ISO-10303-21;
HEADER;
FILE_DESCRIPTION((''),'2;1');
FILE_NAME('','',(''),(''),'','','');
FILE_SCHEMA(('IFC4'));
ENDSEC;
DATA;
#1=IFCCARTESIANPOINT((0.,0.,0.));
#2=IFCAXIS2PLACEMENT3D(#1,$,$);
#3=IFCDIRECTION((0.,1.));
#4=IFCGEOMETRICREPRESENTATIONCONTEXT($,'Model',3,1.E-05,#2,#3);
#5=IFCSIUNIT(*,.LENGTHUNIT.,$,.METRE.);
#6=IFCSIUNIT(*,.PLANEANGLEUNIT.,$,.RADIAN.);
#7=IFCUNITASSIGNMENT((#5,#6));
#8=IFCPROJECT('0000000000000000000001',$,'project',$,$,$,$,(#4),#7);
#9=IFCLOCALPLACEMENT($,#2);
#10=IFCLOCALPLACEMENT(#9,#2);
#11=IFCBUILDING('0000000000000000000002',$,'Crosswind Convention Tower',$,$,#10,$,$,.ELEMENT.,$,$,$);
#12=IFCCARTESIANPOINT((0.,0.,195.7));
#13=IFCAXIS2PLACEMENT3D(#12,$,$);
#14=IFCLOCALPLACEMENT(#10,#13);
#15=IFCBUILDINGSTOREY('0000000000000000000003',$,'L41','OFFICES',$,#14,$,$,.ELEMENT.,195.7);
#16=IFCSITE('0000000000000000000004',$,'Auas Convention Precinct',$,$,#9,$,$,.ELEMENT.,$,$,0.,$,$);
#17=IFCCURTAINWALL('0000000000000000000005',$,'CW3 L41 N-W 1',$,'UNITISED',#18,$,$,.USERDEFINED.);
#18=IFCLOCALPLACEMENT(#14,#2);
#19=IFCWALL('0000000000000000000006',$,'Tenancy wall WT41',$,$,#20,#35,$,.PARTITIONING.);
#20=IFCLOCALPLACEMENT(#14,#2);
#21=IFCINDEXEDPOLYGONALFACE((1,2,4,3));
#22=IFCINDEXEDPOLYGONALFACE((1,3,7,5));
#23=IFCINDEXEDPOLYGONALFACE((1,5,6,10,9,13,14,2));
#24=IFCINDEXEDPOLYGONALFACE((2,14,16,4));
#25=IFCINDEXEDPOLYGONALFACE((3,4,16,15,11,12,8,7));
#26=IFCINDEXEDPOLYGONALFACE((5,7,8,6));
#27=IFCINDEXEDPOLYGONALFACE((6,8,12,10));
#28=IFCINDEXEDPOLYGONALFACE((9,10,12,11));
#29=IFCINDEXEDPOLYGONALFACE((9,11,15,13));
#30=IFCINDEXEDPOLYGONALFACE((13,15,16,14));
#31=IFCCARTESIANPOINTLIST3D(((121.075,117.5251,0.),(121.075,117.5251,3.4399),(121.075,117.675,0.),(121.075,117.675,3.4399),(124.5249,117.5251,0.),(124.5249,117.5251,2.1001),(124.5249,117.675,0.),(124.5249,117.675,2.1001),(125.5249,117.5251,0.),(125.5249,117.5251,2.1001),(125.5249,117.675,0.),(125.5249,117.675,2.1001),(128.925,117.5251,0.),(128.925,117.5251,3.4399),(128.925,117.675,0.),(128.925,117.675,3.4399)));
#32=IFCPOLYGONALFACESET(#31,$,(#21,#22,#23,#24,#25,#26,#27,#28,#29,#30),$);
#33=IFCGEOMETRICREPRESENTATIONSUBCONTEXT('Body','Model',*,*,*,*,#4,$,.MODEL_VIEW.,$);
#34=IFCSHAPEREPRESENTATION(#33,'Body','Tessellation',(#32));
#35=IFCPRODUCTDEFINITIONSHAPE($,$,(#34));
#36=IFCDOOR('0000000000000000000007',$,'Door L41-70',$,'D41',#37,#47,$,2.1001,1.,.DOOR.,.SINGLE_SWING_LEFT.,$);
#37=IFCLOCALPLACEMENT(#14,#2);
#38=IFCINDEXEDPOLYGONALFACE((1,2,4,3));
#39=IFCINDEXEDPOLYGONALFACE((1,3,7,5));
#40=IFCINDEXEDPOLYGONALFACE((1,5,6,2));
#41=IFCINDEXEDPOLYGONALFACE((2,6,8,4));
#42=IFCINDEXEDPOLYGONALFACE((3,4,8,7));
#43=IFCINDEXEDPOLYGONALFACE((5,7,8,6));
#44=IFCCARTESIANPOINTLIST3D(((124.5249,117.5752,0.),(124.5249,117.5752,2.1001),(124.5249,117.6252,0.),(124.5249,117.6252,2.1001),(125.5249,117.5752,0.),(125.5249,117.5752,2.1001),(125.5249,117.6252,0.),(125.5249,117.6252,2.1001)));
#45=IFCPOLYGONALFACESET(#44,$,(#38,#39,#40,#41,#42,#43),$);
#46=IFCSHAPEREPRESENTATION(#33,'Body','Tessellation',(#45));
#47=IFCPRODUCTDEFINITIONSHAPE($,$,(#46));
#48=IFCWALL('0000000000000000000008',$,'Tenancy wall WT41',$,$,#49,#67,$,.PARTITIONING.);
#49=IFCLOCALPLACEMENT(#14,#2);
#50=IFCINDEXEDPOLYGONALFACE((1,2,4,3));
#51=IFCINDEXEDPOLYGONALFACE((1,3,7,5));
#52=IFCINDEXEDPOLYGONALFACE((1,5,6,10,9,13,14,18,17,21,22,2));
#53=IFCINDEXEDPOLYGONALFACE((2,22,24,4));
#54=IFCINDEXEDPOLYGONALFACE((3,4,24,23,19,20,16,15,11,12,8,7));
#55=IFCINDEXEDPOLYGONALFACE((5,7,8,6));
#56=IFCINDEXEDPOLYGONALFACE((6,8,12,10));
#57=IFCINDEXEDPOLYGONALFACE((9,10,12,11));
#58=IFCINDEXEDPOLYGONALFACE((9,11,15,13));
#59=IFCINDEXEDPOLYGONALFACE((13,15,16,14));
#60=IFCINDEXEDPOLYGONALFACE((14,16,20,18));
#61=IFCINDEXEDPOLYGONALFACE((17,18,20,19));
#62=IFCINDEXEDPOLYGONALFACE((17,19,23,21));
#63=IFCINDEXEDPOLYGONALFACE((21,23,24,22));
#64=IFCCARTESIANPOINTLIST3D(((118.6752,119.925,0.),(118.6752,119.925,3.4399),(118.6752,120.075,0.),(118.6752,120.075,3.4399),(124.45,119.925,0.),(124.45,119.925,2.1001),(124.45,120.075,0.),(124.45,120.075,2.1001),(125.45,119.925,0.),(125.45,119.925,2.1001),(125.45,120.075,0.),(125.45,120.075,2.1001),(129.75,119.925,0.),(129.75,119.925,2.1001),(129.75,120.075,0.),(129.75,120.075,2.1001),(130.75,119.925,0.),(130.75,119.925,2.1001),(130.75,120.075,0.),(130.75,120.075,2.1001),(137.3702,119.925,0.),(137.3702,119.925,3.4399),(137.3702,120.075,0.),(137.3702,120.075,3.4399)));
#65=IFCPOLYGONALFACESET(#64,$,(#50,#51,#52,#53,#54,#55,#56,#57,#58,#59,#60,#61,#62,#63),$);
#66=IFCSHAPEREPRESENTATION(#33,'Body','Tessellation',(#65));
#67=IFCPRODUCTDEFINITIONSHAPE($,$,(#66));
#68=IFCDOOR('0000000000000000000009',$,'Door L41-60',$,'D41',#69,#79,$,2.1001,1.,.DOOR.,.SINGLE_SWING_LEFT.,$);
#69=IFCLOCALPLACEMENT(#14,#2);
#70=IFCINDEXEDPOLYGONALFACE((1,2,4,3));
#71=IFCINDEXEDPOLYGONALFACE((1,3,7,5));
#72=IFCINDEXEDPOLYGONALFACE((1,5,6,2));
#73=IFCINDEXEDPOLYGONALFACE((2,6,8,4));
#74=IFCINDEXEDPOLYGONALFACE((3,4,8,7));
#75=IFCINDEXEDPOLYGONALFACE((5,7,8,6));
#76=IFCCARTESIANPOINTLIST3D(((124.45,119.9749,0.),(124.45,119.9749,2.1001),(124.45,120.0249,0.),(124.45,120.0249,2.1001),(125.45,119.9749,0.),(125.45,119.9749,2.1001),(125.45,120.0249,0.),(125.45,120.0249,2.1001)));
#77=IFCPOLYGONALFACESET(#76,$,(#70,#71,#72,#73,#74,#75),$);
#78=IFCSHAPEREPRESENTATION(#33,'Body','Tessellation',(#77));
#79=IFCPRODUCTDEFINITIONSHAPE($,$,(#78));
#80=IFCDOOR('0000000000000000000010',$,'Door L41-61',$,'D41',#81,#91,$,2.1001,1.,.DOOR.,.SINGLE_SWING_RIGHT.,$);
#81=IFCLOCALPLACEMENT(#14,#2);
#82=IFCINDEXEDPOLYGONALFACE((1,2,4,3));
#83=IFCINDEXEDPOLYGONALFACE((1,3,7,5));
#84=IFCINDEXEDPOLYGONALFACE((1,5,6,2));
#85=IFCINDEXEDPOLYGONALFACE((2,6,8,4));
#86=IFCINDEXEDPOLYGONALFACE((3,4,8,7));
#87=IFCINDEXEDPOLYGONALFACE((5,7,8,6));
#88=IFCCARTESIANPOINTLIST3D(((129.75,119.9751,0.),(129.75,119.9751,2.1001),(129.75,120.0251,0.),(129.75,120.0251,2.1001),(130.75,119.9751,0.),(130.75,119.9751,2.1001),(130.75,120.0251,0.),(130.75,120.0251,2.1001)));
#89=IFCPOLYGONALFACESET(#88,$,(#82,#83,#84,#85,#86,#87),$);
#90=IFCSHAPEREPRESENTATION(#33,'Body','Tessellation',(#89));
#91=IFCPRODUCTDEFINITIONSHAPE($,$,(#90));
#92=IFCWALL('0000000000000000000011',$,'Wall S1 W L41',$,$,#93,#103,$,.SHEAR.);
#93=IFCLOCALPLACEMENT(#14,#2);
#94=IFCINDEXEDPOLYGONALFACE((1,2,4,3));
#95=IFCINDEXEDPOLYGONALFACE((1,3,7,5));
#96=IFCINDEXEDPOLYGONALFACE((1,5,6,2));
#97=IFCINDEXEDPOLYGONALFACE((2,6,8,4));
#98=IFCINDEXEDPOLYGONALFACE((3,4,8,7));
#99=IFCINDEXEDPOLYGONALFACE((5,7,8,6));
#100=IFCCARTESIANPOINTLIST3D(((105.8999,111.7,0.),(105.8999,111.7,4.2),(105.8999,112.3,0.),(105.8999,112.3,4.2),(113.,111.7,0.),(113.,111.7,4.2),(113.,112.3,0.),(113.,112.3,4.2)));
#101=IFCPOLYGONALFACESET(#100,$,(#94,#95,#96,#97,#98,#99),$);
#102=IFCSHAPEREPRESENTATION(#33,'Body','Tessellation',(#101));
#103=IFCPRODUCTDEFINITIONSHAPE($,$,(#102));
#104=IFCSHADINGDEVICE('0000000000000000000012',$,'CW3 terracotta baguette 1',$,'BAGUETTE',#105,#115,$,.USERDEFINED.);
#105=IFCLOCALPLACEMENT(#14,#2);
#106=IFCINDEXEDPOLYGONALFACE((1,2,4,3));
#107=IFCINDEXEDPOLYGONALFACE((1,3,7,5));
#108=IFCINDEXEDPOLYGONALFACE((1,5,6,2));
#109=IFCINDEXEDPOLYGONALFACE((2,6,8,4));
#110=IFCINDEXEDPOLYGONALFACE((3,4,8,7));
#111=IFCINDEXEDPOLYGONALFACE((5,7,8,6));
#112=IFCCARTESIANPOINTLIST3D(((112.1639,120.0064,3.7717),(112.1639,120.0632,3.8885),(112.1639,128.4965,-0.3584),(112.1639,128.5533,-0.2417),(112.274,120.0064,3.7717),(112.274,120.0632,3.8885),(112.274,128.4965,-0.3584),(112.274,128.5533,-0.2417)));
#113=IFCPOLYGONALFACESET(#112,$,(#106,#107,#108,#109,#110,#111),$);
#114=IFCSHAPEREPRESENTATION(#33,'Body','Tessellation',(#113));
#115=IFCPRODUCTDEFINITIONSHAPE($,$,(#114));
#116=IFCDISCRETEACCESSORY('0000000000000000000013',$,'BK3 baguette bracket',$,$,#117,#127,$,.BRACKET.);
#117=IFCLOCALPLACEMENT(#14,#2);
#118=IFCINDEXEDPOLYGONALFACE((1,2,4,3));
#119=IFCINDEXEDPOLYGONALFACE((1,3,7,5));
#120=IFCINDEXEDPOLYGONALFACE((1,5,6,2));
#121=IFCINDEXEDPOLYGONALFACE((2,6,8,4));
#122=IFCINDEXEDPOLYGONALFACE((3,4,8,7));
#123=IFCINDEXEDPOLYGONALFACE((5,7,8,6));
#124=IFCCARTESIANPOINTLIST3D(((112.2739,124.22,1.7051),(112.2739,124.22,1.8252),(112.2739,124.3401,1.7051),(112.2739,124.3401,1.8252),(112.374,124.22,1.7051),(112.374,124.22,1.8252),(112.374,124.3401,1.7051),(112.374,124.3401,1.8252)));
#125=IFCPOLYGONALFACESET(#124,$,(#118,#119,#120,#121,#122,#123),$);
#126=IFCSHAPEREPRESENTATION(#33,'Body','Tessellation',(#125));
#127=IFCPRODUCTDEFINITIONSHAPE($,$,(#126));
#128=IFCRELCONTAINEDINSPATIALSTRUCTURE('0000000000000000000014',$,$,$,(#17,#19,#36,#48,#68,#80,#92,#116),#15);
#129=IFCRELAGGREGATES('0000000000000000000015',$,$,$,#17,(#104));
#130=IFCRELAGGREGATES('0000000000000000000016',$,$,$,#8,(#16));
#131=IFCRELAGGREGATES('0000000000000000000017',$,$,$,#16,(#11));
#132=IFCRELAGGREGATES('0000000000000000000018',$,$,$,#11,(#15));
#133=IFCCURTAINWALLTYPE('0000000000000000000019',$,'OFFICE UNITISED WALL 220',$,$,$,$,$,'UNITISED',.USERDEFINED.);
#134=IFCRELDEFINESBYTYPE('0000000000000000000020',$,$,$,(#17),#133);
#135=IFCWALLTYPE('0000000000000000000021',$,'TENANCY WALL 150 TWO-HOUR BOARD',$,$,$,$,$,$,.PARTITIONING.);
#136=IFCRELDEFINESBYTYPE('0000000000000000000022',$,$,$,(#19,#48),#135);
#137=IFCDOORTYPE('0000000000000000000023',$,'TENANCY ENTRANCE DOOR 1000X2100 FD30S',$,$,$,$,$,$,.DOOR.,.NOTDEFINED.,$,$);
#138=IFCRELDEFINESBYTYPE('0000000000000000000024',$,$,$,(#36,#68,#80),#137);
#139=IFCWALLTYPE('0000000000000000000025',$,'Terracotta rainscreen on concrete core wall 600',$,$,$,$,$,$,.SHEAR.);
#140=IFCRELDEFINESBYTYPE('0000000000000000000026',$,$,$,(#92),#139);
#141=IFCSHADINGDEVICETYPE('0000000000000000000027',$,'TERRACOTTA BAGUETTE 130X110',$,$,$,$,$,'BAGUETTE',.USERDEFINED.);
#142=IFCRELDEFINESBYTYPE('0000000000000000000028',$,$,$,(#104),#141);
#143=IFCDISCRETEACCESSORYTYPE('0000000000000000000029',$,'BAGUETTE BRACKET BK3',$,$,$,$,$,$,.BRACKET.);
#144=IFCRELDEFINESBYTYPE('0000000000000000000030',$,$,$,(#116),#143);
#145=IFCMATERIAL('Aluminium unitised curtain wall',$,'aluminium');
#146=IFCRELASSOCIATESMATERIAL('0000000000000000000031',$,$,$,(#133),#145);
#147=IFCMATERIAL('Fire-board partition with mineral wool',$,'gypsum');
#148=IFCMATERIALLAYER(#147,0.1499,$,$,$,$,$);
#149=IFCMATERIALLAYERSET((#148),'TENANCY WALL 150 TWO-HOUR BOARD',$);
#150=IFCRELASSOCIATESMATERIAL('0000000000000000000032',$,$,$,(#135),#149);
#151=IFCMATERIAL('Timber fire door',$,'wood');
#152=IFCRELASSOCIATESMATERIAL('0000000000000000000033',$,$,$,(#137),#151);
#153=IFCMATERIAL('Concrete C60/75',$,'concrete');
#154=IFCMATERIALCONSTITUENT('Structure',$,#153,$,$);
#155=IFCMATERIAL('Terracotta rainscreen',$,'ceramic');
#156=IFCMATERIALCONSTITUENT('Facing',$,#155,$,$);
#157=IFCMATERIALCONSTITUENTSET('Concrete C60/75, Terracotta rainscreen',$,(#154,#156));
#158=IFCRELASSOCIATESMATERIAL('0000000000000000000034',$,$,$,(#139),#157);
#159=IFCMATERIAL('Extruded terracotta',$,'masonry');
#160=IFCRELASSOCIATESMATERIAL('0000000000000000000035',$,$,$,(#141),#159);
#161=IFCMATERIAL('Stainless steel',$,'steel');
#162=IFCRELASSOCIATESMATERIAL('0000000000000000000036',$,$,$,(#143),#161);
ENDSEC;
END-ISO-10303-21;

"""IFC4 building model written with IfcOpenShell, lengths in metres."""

from ifc_helpers import new_model, si_unit, direction, frame, frame_2d, origin, origin_2d, place, context, subcontext, project, spatial, rectangle, extrude, material, layer, layer_set, constituent, constituent_set, material_profile, profile_set, type_object, element, fill, aggregate, save


model = new_model("IFC4")

# Units and contexts
model_context = context("Model", 3, precision=1e-05, world=origin(), true_north=direction((0.0, 1.0)))
body_context = subcontext(model_context, "Body", "Model", "MODEL_VIEW")
ifc_project = project(units=[si_unit("LENGTHUNIT", "METRE"), si_unit("PLANEANGLEUNIT", "RADIAN")], contexts=[model_context])

# Site, building, storey
site_placement = place(None, origin())
site = spatial("IfcSite", under=ifc_project, at=site_placement, Name="Auas Convention Precinct", CompositionType="ELEMENT", RefElevation=0.0)
building_placement = place(site_placement, origin())
building = spatial("IfcBuilding", under=site, at=building_placement, Name="Crosswind Convention Tower", CompositionType="ELEMENT")
storey_placement = place(building_placement, frame((0.0, 0.0, 195.7)))
storey = spatial("IfcBuildingStorey", under=building, at=storey_placement, Name="L41", Description="OFFICES", CompositionType="ELEMENT", Elevation=195.7)

# Shared definitions
ifc_material_1 = material(Name="Concrete C60/75", Category="concrete")

# Shared definitions
ifc_material_2 = material(Name="Aluminium unitised curtain wall", Category="aluminium")
curtain_wall_type_1 = type_object("IfcCurtainWallType", Name="OFFICE UNITISED WALL 220", ElementType="UNITISED", PredefinedType="USERDEFINED", material=ifc_material_2)

# Curtain wall
curtain_wall_1_placement = place(storey_placement, origin())
curtain_wall_1 = element("IfcCurtainWall", 1, at=curtain_wall_1_placement, inside=storey, type_object=curtain_wall_type_1, Name="CW3 L41 N-W 1", ObjectType="UNITISED", PredefinedType="USERDEFINED")

# Shared definitions
ifc_material_3 = material(Name="Fire-board partition with mineral wool", Category="gypsum")
ifc_layer_1 = layer(ifc_material_3, 0.1499)
ifc_layer_set_1 = layer_set([ifc_layer_1], Name="TENANCY WALL 150 TWO-HOUR BOARD")
wall_type_1 = type_object("IfcWallType", Name="TENANCY WALL 150 TWO-HOUR BOARD", PredefinedType="PARTITIONING", material=ifc_layer_set_1)

# Wall, opening, door
wall_1_placement = place(storey_placement, frame((121.075, 117.6001, 0.0), z_axis=(0.0, 0.0, 1.0), x_axis=(1.0, 0.0, 0.0)))
wall_1 = element("IfcWall", 2, at=wall_1_placement, inside=storey, type_object=wall_type_1, Name="Tenancy wall WT41", PredefinedType="PARTITIONING", context=body_context, shape_type="SweptSolid", body=[
    extrude(rectangle(XDim=7.8501, YDim=0.1499, at=frame_2d((3.925, 0.0))), origin(), (0.0, 0.0, 1.0), 3.4399),
])
opening_1_placement = place(wall_1_placement, frame((3.45, 0.0, 0.0)))
opening_1 = element("IfcOpeningElement", 3, at=opening_1_placement, cuts=wall_1, PredefinedType="OPENING", context=body_context, shape_type="SweptSolid", body=[
    extrude(rectangle(XDim=1.0, YDim=2.1001, at=frame_2d((0.5, 1.05))), frame((0.0, 0.085, 0.0), z_axis=(0.0, -1.0, 0.0), x_axis=(1.0, 0.0, 0.0)), (0.0, 0.0, 1.0), 0.1699),
])
ifc_material_4 = material(Name="Timber fire door", Category="wood")
door_type = type_object("IfcDoorType", Name="TENANCY ENTRANCE DOOR 1000X2100 FD30S", OperationType="NOTDEFINED", PredefinedType="DOOR", material=ifc_material_4)
door_1_placement = place(opening_1_placement, frame((1.0, 0.0, 0.0), z_axis=(0.0, 0.0, 1.0), x_axis=(-1.0, 0.0, 0.0)))
door_1 = element("IfcDoor", 4, at=door_1_placement, inside=storey, type_object=door_type, Name="Door L41-70", ObjectType="D41", OperationType="SINGLE_SWING_LEFT", OverallHeight=2.1001, OverallWidth=1.0, PredefinedType="DOOR", context=body_context, shape_type="SweptSolid", body=[
    extrude(rectangle(XDim=1.0, YDim=2.1001, at=frame_2d((0.5, 1.05))), frame((0.0, 0.0249, 0.0), z_axis=(0.0, -1.0, 0.0), x_axis=(1.0, 0.0, 0.0)), (0.0, 0.0, 1.0), 0.05),
])
fill(opening_1, door_1)

# Wall, openings, doors
wall_2_placement = place(storey_placement, frame((118.675, 120.0, 0.0), z_axis=(0.0, 0.0, 1.0), x_axis=(1.0, 0.0, 0.0)))
wall_2 = element("IfcWall", 5, at=wall_2_placement, inside=storey, type_object=wall_type_1, Name="Tenancy wall WT41", PredefinedType="PARTITIONING", context=body_context, shape_type="SweptSolid", body=[
    extrude(rectangle(XDim=18.6951, YDim=0.1499, at=frame_2d((9.3477, 0.0))), origin(), (0.0, 0.0, 1.0), 3.4399),
])
opening_2_placement = place(wall_2_placement, frame((5.7749, 0.0, 0.0)))
opening_2 = element("IfcOpeningElement", 6, at=opening_2_placement, cuts=wall_2, PredefinedType="OPENING", context=body_context, shape_type="SweptSolid", body=[
    extrude(rectangle(XDim=1.0, YDim=2.1001, at=frame_2d((0.5, 1.05))), frame((0.0, 0.085, 0.0), z_axis=(0.0, -1.0, 0.0), x_axis=(1.0, 0.0, 0.0)), (0.0, 0.0, 1.0), 0.1699),
])
opening_3_placement = place(wall_2_placement, frame((11.075, 0.0, 0.0)))
opening_3 = element("IfcOpeningElement", 7, at=opening_3_placement, cuts=wall_2, PredefinedType="OPENING", context=body_context, shape_type="SweptSolid", body=[
    extrude(rectangle(XDim=1.0, YDim=2.1001, at=frame_2d((0.5, 1.05))), frame((0.0, 0.085, 0.0), z_axis=(0.0, -1.0, 0.0), x_axis=(1.0, 0.0, 0.0)), (0.0, 0.0, 1.0), 0.1699),
])
door_2_placement = place(opening_2_placement, origin())
door_2 = element("IfcDoor", 8, at=door_2_placement, inside=storey, type_object=door_type, Name="Door L41-60", ObjectType="D41", OperationType="SINGLE_SWING_LEFT", OverallHeight=2.1001, OverallWidth=1.0, PredefinedType="DOOR", context=body_context, shape_type="SweptSolid", body=[
    extrude(rectangle(XDim=1.0, YDim=2.1001, at=frame_2d((0.5, 1.05))), frame((0.0, 0.0249, 0.0), z_axis=(0.0, -1.0, 0.0), x_axis=(1.0, 0.0, 0.0)), (0.0, 0.0, 1.0), 0.05),
])
fill(opening_2, door_2)
door_3_placement = place(opening_3_placement, frame((1.0, 0.0, 0.0), z_axis=(0.0, 0.0, 1.0), x_axis=(-1.0, 0.0, 0.0)))
door_3 = element("IfcDoor", 9, at=door_3_placement, inside=storey, type_object=door_type, Name="Door L41-61", ObjectType="D41", OperationType="SINGLE_SWING_RIGHT", OverallHeight=2.1001, OverallWidth=1.0, PredefinedType="DOOR", context=body_context, shape_type="SweptSolid", body=[
    extrude(rectangle(XDim=1.0, YDim=2.1001, at=frame_2d((0.5, 1.05))), frame((0.0, 0.0249, 0.0), z_axis=(0.0, -1.0, 0.0), x_axis=(1.0, 0.0, 0.0)), (0.0, 0.0, 1.0), 0.05),
])
fill(opening_3, door_3)

# Wall
ifc_constituent_1 = constituent(ifc_material_1, Name="Structure")
ifc_material_5 = material(Name="Terracotta rainscreen", Category="ceramic")
ifc_constituent_2 = constituent(ifc_material_5, Name="Facing")
ifc_constituent_set = constituent_set(constituents=[ifc_constituent_1, ifc_constituent_2], Name="Concrete C60/75, Terracotta rainscreen")
wall_type_2 = type_object("IfcWallType", Name="Terracotta rainscreen on concrete core wall 600", PredefinedType="SHEAR", material=ifc_constituent_set)
wall_3_placement = place(storey_placement, frame((113.0, 112.0, 0.0), z_axis=(0.0, 0.0, 1.0), x_axis=(-1.0, 0.0, 0.0)))
element("IfcWall", 10, at=wall_3_placement, inside=storey, type_object=wall_type_2, Name="Wall S1 W L41", PredefinedType="SHEAR", context=body_context, shape_type="SweptSolid", body=[
    extrude(rectangle(XDim=7.1001, YDim=0.6001, at=frame_2d((3.55, 0.0))), origin(), (0.0, 0.0, 1.0), 4.2),
])

# Shading device
ifc_material_6 = material(Name="Extruded terracotta", Category="masonry")
ifc_material_profile_1 = material_profile(ifc_material_6, rectangle(XDim=0.1101, YDim=0.1299, at=origin_2d()), Name="TC 110X130")
ifc_profile_set_1 = profile_set([ifc_material_profile_1], Name="Extruded terracotta")
shading_device_type = type_object("IfcShadingDeviceType", Name="TERRACOTTA BAGUETTE 130X110", ElementType="BAGUETTE", PredefinedType="USERDEFINED", material=ifc_profile_set_1)
shading_device_placement = place(storey_placement, frame((112.219, 128.5249, -0.3), z_axis=(0.0, -0.899241, 0.437454), x_axis=(1.0, 0.0, 0.0)))
shading_device = element("IfcShadingDevice", 11, at=shading_device_placement, type_object=shading_device_type, Name="CW3 terracotta baguette 1", ObjectType="BAGUETTE", PredefinedType="USERDEFINED", context=body_context, shape_type="SweptSolid", body=[
    extrude(rectangle(XDim=0.1101, YDim=0.1299, at=origin_2d()), origin(), (0.0, 0.0, 1.0), 9.4414),
])
aggregate(curtain_wall_1, [shading_device])

# Discrete accessory
ifc_material_7 = material(Name="Stainless steel", Category="steel")
discrete_accessory_type = type_object("IfcDiscreteAccessoryType", Name="BAGUETTE BRACKET BK3", PredefinedType="BRACKET", material=ifc_material_7)
discrete_accessory_placement = place(storey_placement, frame((112.324, 124.28, 1.7051), z_axis=(0.0, 0.0, 1.0), x_axis=(0.0, -1.0, 0.0)))
element("IfcDiscreteAccessory", 12, at=discrete_accessory_placement, inside=storey, type_object=discrete_accessory_type, Name="BK3 baguette bracket", PredefinedType="BRACKET", context=body_context, shape_type="SweptSolid", body=[
    extrude(rectangle(XDim=0.1201, YDim=0.1001, at=origin_2d()), origin(), (0.0, 0.0, 1.0), 0.1201),
])

save(model, "model.ifc")
